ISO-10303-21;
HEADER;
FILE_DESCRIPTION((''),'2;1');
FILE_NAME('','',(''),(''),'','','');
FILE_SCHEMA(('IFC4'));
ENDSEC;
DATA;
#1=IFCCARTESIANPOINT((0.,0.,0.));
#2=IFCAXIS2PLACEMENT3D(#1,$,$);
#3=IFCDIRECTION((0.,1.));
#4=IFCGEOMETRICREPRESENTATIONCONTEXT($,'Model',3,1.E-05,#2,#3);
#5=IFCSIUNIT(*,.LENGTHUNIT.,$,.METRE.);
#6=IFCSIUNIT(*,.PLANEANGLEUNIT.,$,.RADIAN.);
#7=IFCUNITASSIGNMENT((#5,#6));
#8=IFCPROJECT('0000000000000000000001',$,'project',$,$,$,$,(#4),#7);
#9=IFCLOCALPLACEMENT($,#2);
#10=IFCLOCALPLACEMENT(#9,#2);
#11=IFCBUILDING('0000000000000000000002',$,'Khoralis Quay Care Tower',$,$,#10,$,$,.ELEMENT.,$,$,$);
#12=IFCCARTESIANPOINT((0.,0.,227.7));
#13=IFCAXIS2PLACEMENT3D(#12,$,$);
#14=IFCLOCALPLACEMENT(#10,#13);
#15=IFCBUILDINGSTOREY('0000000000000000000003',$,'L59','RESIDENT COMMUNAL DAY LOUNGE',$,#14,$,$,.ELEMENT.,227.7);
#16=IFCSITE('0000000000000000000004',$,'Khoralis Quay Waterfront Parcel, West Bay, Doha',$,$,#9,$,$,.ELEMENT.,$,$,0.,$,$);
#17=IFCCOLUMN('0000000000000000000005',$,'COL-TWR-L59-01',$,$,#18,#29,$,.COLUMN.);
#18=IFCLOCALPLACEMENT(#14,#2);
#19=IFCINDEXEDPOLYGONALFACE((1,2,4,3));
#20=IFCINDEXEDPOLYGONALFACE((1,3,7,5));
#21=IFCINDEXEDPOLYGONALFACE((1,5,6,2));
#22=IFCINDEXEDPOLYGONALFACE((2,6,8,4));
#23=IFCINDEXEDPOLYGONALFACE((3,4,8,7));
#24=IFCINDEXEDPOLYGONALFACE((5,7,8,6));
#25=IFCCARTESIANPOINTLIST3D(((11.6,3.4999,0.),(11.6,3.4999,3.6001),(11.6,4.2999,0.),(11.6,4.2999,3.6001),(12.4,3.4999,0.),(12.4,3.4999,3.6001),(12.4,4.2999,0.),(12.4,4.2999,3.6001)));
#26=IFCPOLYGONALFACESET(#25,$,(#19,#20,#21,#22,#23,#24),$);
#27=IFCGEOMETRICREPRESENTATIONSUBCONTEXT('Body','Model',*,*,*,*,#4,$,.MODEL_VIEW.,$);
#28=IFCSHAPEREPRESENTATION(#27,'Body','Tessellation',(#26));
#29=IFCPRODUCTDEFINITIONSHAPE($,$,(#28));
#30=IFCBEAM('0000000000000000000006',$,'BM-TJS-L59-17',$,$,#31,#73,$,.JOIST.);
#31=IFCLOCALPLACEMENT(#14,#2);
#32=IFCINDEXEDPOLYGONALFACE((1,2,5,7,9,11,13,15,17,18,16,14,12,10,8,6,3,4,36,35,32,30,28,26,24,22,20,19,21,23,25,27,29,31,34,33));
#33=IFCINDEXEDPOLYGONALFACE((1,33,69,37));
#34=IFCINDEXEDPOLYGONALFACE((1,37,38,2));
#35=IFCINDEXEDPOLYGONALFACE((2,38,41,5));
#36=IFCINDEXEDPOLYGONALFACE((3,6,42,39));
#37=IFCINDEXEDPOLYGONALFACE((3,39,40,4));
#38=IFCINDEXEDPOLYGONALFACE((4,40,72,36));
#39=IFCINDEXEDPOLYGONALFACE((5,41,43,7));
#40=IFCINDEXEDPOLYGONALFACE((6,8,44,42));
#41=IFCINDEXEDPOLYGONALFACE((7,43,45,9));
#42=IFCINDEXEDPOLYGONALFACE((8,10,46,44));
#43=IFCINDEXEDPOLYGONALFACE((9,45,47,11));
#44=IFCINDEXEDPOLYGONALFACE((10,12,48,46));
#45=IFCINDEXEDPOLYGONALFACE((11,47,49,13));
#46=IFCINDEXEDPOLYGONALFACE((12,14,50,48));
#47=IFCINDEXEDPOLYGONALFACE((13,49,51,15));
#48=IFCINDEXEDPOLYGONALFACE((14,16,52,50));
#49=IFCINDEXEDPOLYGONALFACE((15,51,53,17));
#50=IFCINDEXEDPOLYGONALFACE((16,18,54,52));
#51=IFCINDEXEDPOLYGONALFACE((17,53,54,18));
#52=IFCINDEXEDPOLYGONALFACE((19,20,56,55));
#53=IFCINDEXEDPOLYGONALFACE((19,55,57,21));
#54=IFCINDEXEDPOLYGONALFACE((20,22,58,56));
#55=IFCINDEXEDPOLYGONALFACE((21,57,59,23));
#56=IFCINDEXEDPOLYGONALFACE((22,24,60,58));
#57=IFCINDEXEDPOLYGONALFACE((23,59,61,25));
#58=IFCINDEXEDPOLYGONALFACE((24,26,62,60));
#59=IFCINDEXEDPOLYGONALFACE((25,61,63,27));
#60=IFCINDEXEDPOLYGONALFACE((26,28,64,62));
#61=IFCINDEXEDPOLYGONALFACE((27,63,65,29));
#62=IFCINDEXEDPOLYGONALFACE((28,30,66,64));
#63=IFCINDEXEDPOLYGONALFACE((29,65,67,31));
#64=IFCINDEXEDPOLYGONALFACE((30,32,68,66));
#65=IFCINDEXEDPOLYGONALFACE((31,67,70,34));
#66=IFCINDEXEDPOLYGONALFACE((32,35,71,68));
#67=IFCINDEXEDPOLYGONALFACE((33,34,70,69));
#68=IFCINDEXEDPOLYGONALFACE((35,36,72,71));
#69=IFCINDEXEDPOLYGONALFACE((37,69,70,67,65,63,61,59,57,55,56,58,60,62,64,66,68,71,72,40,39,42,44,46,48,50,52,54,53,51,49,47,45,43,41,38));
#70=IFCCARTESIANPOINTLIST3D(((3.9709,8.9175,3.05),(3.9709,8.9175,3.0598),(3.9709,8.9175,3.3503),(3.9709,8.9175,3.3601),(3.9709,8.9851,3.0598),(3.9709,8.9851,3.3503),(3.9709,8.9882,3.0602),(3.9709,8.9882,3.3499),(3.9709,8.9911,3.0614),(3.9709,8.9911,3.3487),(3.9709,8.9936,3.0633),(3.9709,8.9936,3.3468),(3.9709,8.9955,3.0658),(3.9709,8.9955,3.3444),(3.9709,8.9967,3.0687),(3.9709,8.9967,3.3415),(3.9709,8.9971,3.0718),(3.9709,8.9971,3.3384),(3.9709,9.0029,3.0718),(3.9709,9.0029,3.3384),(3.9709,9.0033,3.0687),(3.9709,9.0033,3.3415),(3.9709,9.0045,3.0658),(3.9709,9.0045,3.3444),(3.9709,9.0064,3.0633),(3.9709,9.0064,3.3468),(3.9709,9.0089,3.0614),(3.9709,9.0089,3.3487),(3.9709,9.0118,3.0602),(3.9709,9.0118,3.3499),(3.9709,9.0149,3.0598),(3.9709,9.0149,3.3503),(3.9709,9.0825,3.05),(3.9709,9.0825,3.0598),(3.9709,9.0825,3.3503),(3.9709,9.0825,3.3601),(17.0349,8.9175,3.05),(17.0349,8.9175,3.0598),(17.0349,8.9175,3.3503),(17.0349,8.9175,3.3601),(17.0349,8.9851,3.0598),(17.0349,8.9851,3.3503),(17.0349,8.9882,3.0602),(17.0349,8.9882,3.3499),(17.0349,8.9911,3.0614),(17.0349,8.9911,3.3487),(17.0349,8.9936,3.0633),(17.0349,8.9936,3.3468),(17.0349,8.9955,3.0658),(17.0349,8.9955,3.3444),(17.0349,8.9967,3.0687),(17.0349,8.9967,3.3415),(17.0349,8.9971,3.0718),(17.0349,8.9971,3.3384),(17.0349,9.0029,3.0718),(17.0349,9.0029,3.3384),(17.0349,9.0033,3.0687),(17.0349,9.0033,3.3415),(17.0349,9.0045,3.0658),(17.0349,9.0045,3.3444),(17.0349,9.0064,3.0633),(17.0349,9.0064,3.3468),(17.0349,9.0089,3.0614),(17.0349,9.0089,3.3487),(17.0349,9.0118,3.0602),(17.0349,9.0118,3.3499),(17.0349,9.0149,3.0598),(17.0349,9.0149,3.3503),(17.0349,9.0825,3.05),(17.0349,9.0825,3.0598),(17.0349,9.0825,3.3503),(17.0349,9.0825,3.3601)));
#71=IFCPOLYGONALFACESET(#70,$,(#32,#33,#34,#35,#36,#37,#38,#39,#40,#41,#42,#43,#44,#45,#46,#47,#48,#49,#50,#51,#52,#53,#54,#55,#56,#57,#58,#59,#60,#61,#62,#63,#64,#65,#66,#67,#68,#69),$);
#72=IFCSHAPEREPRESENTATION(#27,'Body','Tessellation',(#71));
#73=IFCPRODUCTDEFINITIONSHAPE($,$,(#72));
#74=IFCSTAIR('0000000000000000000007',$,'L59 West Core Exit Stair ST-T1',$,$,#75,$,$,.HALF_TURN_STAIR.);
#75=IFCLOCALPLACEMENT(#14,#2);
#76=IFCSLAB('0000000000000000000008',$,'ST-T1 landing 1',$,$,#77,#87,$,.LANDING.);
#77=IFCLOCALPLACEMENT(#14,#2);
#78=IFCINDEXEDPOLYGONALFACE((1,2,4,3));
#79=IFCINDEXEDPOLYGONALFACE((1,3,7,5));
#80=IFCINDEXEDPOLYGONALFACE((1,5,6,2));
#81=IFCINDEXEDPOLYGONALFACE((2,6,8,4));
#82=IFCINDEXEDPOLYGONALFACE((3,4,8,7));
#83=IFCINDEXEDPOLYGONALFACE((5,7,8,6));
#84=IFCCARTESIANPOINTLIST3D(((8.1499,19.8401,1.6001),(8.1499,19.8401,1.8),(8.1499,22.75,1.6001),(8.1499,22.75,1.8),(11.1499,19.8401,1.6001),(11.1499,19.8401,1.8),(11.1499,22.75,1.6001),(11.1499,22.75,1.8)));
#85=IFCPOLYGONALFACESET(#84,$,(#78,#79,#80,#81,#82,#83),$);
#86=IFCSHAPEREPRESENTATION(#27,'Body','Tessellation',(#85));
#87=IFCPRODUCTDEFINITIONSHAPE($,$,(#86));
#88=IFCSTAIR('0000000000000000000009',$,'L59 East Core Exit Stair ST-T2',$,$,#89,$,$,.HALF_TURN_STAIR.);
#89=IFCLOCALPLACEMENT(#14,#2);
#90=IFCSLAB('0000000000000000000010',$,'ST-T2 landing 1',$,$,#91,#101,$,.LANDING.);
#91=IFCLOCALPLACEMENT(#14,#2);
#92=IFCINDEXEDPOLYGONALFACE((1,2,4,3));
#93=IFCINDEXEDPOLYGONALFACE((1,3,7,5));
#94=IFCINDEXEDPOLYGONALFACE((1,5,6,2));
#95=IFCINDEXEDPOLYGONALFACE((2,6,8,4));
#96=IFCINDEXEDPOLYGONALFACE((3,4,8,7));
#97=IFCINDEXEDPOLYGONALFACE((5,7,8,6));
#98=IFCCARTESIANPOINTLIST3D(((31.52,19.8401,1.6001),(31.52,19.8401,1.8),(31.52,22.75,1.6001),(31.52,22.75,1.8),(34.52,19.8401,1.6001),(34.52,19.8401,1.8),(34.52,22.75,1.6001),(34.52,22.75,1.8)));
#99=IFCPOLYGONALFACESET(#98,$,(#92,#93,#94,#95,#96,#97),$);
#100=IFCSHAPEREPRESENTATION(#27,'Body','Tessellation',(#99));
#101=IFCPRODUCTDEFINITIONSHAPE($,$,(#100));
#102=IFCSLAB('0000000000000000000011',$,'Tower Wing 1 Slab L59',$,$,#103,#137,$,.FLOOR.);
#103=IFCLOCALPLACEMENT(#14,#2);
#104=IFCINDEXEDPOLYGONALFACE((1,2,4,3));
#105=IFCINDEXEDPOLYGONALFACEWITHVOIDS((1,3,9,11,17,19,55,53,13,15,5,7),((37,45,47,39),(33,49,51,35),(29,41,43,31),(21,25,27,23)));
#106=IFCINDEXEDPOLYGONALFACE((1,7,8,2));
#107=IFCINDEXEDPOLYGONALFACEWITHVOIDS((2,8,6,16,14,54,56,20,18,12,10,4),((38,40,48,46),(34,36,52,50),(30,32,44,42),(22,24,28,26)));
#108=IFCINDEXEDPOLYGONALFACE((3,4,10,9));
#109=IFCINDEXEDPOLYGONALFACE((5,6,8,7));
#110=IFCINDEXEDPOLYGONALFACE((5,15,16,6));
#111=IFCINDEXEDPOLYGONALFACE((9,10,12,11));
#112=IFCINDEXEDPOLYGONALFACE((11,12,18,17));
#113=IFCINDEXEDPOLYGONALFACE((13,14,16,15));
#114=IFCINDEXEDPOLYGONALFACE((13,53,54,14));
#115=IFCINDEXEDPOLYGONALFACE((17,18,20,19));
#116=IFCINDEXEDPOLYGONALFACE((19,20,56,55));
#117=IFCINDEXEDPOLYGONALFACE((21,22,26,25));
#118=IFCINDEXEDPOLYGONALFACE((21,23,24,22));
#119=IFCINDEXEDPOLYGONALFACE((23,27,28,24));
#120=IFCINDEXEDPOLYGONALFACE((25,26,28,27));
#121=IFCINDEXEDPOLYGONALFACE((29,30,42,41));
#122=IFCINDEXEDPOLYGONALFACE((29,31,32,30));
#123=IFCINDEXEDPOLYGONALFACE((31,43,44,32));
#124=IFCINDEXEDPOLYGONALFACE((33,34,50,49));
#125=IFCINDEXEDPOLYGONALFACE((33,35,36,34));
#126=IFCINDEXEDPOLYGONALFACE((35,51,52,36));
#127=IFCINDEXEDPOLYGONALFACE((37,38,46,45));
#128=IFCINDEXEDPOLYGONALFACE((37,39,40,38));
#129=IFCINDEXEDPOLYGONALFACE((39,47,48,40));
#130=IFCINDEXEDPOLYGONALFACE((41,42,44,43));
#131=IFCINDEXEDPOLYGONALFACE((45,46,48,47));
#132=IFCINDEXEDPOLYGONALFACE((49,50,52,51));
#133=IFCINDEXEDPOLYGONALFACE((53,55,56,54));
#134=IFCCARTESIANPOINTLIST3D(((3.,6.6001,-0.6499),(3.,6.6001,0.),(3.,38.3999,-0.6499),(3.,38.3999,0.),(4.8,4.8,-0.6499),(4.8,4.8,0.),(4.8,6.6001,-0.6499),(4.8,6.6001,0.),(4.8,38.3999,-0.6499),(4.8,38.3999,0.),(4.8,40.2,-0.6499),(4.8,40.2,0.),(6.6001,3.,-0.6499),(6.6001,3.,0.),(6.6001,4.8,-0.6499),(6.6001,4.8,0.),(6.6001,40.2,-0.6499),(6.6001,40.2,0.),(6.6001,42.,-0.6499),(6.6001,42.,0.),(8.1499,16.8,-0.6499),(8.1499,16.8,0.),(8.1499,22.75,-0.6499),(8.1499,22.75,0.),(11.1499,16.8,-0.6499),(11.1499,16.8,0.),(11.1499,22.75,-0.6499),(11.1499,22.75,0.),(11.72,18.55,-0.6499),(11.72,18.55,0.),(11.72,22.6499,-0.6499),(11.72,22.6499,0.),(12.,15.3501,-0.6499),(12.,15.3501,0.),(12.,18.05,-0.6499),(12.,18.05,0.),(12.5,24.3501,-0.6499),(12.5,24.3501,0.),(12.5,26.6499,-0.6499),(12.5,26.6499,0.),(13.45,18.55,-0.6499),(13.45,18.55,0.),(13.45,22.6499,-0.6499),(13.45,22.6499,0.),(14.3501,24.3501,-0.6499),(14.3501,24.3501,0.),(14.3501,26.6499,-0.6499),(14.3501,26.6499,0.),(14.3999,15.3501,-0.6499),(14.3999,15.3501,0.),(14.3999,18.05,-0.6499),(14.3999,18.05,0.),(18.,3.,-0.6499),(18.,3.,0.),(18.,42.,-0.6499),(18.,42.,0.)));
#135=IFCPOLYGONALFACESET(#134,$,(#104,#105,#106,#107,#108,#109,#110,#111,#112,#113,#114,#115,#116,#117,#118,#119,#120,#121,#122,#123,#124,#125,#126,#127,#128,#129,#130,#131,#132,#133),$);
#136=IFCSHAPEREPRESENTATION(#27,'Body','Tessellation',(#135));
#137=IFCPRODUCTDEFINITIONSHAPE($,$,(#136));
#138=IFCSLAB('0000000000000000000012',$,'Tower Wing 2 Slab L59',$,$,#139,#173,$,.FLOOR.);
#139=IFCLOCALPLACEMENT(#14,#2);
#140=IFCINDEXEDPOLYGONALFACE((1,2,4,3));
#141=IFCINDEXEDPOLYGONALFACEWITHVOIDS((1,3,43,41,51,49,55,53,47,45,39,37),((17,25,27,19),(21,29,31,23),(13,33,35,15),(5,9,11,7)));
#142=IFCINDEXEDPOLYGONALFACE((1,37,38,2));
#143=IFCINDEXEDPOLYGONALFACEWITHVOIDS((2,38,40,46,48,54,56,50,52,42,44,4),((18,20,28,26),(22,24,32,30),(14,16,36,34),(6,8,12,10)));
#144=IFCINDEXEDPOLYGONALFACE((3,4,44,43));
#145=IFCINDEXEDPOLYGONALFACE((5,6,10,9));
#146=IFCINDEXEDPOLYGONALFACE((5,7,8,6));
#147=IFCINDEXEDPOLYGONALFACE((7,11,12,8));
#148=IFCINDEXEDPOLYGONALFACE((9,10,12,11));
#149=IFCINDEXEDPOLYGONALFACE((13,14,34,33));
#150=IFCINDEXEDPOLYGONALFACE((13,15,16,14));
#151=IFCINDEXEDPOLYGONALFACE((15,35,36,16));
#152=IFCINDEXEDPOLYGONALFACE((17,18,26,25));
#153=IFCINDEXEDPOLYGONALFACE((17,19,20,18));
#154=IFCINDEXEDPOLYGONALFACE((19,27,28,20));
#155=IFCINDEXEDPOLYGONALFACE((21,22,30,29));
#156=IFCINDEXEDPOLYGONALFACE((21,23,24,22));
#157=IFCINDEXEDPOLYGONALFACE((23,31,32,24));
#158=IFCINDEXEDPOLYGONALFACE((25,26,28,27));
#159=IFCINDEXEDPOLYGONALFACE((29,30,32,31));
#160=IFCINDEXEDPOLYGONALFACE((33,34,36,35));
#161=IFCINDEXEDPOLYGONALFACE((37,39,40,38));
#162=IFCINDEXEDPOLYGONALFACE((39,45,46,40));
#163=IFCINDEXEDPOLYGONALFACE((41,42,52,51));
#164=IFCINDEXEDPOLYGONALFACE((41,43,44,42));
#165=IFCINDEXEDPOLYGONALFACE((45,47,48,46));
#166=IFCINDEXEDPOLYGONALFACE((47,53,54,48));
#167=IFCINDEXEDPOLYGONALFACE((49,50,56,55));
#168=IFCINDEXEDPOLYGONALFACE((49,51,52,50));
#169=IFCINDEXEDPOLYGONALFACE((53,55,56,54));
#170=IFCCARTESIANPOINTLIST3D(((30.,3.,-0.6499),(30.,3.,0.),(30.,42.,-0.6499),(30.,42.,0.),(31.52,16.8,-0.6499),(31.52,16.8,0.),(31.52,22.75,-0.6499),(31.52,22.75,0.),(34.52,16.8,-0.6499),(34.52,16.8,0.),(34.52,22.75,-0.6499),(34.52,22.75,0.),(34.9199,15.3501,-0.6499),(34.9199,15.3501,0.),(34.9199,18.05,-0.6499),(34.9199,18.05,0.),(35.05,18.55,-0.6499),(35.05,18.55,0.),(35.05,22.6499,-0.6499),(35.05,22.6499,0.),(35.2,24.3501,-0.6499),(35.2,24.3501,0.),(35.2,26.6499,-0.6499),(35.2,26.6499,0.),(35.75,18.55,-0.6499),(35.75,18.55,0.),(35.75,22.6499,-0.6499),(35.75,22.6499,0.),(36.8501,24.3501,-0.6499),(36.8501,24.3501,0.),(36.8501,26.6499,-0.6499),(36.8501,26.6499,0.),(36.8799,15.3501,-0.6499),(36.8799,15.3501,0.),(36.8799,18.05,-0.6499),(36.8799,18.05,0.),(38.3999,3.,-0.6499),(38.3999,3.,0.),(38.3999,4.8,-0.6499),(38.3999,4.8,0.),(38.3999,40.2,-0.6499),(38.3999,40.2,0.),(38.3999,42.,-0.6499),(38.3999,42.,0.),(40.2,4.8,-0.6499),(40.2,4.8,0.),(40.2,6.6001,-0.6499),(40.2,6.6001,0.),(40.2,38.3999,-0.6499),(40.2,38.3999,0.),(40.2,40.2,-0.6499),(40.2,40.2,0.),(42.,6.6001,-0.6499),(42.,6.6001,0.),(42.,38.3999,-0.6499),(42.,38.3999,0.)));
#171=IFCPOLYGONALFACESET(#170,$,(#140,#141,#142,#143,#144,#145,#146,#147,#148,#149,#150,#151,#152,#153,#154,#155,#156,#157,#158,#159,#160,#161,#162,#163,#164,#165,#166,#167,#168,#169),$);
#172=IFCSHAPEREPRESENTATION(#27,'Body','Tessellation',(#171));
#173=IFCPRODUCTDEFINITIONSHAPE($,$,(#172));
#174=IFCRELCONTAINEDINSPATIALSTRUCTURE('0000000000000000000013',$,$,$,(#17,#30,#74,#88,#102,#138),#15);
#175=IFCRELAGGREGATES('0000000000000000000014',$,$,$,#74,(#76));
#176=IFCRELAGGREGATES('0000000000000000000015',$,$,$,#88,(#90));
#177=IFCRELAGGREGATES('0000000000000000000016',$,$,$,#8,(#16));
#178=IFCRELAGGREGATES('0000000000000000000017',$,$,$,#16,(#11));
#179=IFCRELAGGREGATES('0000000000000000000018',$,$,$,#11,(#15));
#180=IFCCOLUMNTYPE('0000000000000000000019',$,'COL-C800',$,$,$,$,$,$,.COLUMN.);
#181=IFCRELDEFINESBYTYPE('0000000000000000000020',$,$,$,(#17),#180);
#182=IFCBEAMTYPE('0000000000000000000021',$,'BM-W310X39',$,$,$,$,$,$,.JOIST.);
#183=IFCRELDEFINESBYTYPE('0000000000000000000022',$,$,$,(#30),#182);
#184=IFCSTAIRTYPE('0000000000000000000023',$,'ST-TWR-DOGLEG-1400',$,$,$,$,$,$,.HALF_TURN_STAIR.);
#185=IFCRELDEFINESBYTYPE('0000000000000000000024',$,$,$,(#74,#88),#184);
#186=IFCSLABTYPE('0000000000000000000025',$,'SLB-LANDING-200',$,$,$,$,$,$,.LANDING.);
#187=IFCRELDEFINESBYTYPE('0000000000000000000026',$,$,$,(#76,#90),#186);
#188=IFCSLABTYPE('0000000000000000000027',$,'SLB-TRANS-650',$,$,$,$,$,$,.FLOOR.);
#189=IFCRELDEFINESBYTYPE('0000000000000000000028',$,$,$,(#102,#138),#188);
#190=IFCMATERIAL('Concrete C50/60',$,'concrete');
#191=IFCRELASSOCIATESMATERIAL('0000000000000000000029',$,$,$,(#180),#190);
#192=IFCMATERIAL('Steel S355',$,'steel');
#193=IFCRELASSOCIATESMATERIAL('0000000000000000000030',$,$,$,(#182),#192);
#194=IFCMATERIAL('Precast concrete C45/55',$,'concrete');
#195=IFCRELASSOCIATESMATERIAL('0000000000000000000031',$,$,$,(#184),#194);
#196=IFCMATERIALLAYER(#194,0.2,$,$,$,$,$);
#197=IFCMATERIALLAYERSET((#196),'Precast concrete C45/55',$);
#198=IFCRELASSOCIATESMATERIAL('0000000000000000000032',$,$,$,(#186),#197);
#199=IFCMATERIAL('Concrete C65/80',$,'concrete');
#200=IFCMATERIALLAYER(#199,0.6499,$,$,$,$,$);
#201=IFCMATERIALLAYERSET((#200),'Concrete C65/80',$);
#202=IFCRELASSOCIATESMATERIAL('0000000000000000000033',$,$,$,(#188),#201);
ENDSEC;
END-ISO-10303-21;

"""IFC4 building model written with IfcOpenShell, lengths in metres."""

from ifc_helpers import new_model, si_unit, direction, frame, origin, origin_2d, place, context, subcontext, project, spatial, polyline, rectangle, i_section, outline, extrude, source, transform, mapped, material, layer, layer_set, material_profile, profile_set, type_object, element, aggregate, save


model = new_model("IFC4")

# Units and contexts
model_context = context("Model", 3, precision=1e-05, world=origin(), true_north=direction((0.0, 1.0)))
body_context = subcontext(model_context, "Body", "Model", "MODEL_VIEW")
ifc_project = project(units=[si_unit("LENGTHUNIT", "METRE"), si_unit("PLANEANGLEUNIT", "RADIAN")], contexts=[model_context])

# Site, building, storey
site_placement = place(None, origin())
site = spatial("IfcSite", under=ifc_project, at=site_placement, Name="Khoralis Quay Waterfront Parcel, West Bay, Doha", CompositionType="ELEMENT", RefElevation=0.0)
building_placement = place(site_placement, origin())
building = spatial("IfcBuilding", under=site, at=building_placement, Name="Khoralis Quay Care Tower", CompositionType="ELEMENT")
storey_placement = place(building_placement, frame((0.0, 0.0, 227.7)))
storey = spatial("IfcBuildingStorey", under=building, at=storey_placement, Name="L59", Description="RESIDENT COMMUNAL DAY LOUNGE", CompositionType="ELEMENT", Elevation=227.7)

# Column
ifc_material_1 = material(Name="Concrete C50/60", Category="concrete")
ifc_material_profile_1 = material_profile(ifc_material_1, rectangle(XDim=0.8, YDim=0.8, at=origin_2d()), Name="Concrete C50/60")
ifc_profile_set_1 = profile_set([ifc_material_profile_1], Name="Concrete C50/60")
column_type = type_object("IfcColumnType", Name="COL-C800", PredefinedType="COLUMN", material=ifc_profile_set_1)
shared_shape_1 = source(origin(), body_context, "Body", "SweptSolid", [
    extrude(rectangle(XDim=0.8, YDim=0.8, at=origin_2d()), origin(), (0.0, 0.0, 1.0), 3.6001),
])
column_placement = place(storey_placement, frame((12.0, 3.8999, 0.0), z_axis=(0.0, 0.0, 1.0), x_axis=(1.0, 0.0, 0.0)))
element("IfcColumn", 1, at=column_placement, inside=storey, type_object=column_type, Name="COL-TWR-L59-01", PredefinedType="COLUMN", context=body_context, shape_type="MappedRepresentation", body=[
    mapped(shared_shape_1, transform((0.0, 0.0, 0.0), scale=1.0)),
])

# Beam
ifc_material_2 = material(Name="Steel S355", Category="steel")
ifc_material_profile_2 = material_profile(ifc_material_2, i_section(OverallWidth=0.165, OverallDepth=0.3101, WebThickness=0.0059, FlangeThickness=0.0098, FilletRadius=0.012, at=origin_2d()), Name="Steel S355")
ifc_profile_set_2 = profile_set([ifc_material_profile_2], Name="Steel S355")
beam_type = type_object("IfcBeamType", Name="BM-W310X39", PredefinedType="JOIST", material=ifc_profile_set_2)
shared_shape_2 = source(origin(), body_context, "Body", "SweptSolid", [
    extrude(i_section(OverallWidth=0.165, OverallDepth=0.3101, WebThickness=0.0059, FlangeThickness=0.0098, FilletRadius=0.012, at=origin_2d()), origin(), (0.0, 0.0, 1.0), 13.064),
])
beam_placement = place(storey_placement, frame((3.9709, 9.0, 3.2051), z_axis=(1.0, 0.0, 0.0), x_axis=(0.0, 1.0, 0.0)))
element("IfcBeam", 2, at=beam_placement, inside=storey, type_object=beam_type, Name="BM-TJS-L59-17", PredefinedType="JOIST", context=body_context, shape_type="MappedRepresentation", body=[
    mapped(shared_shape_2, transform((0.0, 0.0, 0.0), scale=1.0)),
])

# Stairs, slabs
ifc_material_3 = material(Name="Precast concrete C45/55", Category="concrete")
stair_type = type_object("IfcStairType", Name="ST-TWR-DOGLEG-1400", PredefinedType="HALF_TURN_STAIR", material=ifc_material_3)
stair_1_placement = place(storey_placement, origin())
stair_1 = element("IfcStair", 3, at=stair_1_placement, inside=storey, type_object=stair_type, Name="L59 West Core Exit Stair ST-T1", PredefinedType="HALF_TURN_STAIR")
ifc_layer_1 = layer(ifc_material_3, 0.2)
ifc_layer_set_1 = layer_set([ifc_layer_1], Name="Precast concrete C45/55")
slab_type_1 = type_object("IfcSlabType", Name="SLB-LANDING-200", PredefinedType="LANDING", material=ifc_layer_set_1)
slab_1_placement = place(storey_placement, frame((0.0, 0.0, 1.6001)))
slab_1 = element("IfcSlab", 4, at=slab_1_placement, type_object=slab_type_1, Name="ST-T1 landing 1", PredefinedType="LANDING", context=body_context, shape_type="SweptSolid", body=[
    extrude(outline(polyline([(11.1499, 19.8401), (11.1499, 22.75), (8.1499, 22.75), (8.1499, 19.8401), (11.1499, 19.8401)])), origin(), (0.0, 0.0, 1.0), 0.2),
])
aggregate(stair_1, [slab_1])
stair_2_placement = place(storey_placement, origin())
stair_2 = element("IfcStair", 5, at=stair_2_placement, inside=storey, type_object=stair_type, Name="L59 East Core Exit Stair ST-T2", PredefinedType="HALF_TURN_STAIR")
slab_2_placement = place(storey_placement, frame((0.0, 0.0, 1.6001)))
slab_2 = element("IfcSlab", 6, at=slab_2_placement, type_object=slab_type_1, Name="ST-T2 landing 1", PredefinedType="LANDING", context=body_context, shape_type="SweptSolid", body=[
    extrude(outline(polyline([(34.52, 19.8401), (34.52, 22.75), (31.52, 22.75), (31.52, 19.8401), (34.52, 19.8401)])), origin(), (0.0, 0.0, 1.0), 0.2),
])
aggregate(stair_2, [slab_2])

# Slabs
ifc_material_4 = material(Name="Concrete C65/80", Category="concrete")
ifc_layer_2 = layer(ifc_material_4, 0.6499)
ifc_layer_set_2 = layer_set([ifc_layer_2], Name="Concrete C65/80")
slab_type_2 = type_object("IfcSlabType", Name="SLB-TRANS-650", PredefinedType="FLOOR", material=ifc_layer_set_2)
slab_3_placement = place(storey_placement, frame((0.0, 0.0, -0.6499)))
element("IfcSlab", 7, at=slab_3_placement, inside=storey, type_object=slab_type_2, Name="Tower Wing 1 Slab L59", PredefinedType="FLOOR", context=body_context, shape_type="SweptSolid", body=[
    extrude(outline(polyline([(6.6001, 3.0), (18.0, 3.0), (18.0, 42.0), (6.6001, 42.0), (6.6001, 40.2), (4.8, 40.2), (4.8, 38.3999), (3.0, 38.3999), (3.0, 6.6001), (4.8, 6.6001), (4.8, 4.8), (6.6001, 4.8), (6.6001, 3.0)]), holes=[polyline([(11.1499, 16.8), (11.1499, 22.75), (8.1499, 22.75), (8.1499, 16.8), (11.1499, 16.8)]), polyline([(12.0, 15.3501), (14.3999, 15.3501), (14.3999, 18.05), (12.0, 18.05), (12.0, 15.3501)]), polyline([(12.5, 24.3501), (14.3501, 24.3501), (14.3501, 26.6499), (12.5, 26.6499), (12.5, 24.3501)]), polyline([(11.72, 18.55), (13.45, 18.55), (13.45, 22.6499), (11.72, 22.6499), (11.72, 18.55)])]), origin(), (0.0, 0.0, 1.0), 0.6499),
])
slab_4_placement = place(storey_placement, frame((0.0, 0.0, -0.6499)))
element("IfcSlab", 8, at=slab_4_placement, inside=storey, type_object=slab_type_2, Name="Tower Wing 2 Slab L59", PredefinedType="FLOOR", context=body_context, shape_type="SweptSolid", body=[
    extrude(outline(polyline([(30.0, 3.0), (38.3999, 3.0), (38.3999, 4.8), (40.2, 4.8), (40.2, 6.6001), (42.0, 6.6001), (42.0, 38.3999), (40.2, 38.3999), (40.2, 40.2), (38.3999, 40.2), (38.3999, 42.0), (30.0, 42.0), (30.0, 3.0)]), holes=[polyline([(34.52, 16.8), (34.52, 22.75), (31.52, 22.75), (31.52, 16.8), (34.52, 16.8)]), polyline([(34.9199, 15.3501), (36.8799, 15.3501), (36.8799, 18.05), (34.9199, 18.05), (34.9199, 15.3501)]), polyline([(35.2, 24.3501), (36.8501, 24.3501), (36.8501, 26.6499), (35.2, 26.6499), (35.2, 24.3501)]), polyline([(35.05, 18.55), (35.75, 18.55), (35.75, 22.6499), (35.05, 22.6499), (35.05, 18.55)])]), origin(), (0.0, 0.0, 1.0), 0.6499),
])

save(model, "model.ifc")
